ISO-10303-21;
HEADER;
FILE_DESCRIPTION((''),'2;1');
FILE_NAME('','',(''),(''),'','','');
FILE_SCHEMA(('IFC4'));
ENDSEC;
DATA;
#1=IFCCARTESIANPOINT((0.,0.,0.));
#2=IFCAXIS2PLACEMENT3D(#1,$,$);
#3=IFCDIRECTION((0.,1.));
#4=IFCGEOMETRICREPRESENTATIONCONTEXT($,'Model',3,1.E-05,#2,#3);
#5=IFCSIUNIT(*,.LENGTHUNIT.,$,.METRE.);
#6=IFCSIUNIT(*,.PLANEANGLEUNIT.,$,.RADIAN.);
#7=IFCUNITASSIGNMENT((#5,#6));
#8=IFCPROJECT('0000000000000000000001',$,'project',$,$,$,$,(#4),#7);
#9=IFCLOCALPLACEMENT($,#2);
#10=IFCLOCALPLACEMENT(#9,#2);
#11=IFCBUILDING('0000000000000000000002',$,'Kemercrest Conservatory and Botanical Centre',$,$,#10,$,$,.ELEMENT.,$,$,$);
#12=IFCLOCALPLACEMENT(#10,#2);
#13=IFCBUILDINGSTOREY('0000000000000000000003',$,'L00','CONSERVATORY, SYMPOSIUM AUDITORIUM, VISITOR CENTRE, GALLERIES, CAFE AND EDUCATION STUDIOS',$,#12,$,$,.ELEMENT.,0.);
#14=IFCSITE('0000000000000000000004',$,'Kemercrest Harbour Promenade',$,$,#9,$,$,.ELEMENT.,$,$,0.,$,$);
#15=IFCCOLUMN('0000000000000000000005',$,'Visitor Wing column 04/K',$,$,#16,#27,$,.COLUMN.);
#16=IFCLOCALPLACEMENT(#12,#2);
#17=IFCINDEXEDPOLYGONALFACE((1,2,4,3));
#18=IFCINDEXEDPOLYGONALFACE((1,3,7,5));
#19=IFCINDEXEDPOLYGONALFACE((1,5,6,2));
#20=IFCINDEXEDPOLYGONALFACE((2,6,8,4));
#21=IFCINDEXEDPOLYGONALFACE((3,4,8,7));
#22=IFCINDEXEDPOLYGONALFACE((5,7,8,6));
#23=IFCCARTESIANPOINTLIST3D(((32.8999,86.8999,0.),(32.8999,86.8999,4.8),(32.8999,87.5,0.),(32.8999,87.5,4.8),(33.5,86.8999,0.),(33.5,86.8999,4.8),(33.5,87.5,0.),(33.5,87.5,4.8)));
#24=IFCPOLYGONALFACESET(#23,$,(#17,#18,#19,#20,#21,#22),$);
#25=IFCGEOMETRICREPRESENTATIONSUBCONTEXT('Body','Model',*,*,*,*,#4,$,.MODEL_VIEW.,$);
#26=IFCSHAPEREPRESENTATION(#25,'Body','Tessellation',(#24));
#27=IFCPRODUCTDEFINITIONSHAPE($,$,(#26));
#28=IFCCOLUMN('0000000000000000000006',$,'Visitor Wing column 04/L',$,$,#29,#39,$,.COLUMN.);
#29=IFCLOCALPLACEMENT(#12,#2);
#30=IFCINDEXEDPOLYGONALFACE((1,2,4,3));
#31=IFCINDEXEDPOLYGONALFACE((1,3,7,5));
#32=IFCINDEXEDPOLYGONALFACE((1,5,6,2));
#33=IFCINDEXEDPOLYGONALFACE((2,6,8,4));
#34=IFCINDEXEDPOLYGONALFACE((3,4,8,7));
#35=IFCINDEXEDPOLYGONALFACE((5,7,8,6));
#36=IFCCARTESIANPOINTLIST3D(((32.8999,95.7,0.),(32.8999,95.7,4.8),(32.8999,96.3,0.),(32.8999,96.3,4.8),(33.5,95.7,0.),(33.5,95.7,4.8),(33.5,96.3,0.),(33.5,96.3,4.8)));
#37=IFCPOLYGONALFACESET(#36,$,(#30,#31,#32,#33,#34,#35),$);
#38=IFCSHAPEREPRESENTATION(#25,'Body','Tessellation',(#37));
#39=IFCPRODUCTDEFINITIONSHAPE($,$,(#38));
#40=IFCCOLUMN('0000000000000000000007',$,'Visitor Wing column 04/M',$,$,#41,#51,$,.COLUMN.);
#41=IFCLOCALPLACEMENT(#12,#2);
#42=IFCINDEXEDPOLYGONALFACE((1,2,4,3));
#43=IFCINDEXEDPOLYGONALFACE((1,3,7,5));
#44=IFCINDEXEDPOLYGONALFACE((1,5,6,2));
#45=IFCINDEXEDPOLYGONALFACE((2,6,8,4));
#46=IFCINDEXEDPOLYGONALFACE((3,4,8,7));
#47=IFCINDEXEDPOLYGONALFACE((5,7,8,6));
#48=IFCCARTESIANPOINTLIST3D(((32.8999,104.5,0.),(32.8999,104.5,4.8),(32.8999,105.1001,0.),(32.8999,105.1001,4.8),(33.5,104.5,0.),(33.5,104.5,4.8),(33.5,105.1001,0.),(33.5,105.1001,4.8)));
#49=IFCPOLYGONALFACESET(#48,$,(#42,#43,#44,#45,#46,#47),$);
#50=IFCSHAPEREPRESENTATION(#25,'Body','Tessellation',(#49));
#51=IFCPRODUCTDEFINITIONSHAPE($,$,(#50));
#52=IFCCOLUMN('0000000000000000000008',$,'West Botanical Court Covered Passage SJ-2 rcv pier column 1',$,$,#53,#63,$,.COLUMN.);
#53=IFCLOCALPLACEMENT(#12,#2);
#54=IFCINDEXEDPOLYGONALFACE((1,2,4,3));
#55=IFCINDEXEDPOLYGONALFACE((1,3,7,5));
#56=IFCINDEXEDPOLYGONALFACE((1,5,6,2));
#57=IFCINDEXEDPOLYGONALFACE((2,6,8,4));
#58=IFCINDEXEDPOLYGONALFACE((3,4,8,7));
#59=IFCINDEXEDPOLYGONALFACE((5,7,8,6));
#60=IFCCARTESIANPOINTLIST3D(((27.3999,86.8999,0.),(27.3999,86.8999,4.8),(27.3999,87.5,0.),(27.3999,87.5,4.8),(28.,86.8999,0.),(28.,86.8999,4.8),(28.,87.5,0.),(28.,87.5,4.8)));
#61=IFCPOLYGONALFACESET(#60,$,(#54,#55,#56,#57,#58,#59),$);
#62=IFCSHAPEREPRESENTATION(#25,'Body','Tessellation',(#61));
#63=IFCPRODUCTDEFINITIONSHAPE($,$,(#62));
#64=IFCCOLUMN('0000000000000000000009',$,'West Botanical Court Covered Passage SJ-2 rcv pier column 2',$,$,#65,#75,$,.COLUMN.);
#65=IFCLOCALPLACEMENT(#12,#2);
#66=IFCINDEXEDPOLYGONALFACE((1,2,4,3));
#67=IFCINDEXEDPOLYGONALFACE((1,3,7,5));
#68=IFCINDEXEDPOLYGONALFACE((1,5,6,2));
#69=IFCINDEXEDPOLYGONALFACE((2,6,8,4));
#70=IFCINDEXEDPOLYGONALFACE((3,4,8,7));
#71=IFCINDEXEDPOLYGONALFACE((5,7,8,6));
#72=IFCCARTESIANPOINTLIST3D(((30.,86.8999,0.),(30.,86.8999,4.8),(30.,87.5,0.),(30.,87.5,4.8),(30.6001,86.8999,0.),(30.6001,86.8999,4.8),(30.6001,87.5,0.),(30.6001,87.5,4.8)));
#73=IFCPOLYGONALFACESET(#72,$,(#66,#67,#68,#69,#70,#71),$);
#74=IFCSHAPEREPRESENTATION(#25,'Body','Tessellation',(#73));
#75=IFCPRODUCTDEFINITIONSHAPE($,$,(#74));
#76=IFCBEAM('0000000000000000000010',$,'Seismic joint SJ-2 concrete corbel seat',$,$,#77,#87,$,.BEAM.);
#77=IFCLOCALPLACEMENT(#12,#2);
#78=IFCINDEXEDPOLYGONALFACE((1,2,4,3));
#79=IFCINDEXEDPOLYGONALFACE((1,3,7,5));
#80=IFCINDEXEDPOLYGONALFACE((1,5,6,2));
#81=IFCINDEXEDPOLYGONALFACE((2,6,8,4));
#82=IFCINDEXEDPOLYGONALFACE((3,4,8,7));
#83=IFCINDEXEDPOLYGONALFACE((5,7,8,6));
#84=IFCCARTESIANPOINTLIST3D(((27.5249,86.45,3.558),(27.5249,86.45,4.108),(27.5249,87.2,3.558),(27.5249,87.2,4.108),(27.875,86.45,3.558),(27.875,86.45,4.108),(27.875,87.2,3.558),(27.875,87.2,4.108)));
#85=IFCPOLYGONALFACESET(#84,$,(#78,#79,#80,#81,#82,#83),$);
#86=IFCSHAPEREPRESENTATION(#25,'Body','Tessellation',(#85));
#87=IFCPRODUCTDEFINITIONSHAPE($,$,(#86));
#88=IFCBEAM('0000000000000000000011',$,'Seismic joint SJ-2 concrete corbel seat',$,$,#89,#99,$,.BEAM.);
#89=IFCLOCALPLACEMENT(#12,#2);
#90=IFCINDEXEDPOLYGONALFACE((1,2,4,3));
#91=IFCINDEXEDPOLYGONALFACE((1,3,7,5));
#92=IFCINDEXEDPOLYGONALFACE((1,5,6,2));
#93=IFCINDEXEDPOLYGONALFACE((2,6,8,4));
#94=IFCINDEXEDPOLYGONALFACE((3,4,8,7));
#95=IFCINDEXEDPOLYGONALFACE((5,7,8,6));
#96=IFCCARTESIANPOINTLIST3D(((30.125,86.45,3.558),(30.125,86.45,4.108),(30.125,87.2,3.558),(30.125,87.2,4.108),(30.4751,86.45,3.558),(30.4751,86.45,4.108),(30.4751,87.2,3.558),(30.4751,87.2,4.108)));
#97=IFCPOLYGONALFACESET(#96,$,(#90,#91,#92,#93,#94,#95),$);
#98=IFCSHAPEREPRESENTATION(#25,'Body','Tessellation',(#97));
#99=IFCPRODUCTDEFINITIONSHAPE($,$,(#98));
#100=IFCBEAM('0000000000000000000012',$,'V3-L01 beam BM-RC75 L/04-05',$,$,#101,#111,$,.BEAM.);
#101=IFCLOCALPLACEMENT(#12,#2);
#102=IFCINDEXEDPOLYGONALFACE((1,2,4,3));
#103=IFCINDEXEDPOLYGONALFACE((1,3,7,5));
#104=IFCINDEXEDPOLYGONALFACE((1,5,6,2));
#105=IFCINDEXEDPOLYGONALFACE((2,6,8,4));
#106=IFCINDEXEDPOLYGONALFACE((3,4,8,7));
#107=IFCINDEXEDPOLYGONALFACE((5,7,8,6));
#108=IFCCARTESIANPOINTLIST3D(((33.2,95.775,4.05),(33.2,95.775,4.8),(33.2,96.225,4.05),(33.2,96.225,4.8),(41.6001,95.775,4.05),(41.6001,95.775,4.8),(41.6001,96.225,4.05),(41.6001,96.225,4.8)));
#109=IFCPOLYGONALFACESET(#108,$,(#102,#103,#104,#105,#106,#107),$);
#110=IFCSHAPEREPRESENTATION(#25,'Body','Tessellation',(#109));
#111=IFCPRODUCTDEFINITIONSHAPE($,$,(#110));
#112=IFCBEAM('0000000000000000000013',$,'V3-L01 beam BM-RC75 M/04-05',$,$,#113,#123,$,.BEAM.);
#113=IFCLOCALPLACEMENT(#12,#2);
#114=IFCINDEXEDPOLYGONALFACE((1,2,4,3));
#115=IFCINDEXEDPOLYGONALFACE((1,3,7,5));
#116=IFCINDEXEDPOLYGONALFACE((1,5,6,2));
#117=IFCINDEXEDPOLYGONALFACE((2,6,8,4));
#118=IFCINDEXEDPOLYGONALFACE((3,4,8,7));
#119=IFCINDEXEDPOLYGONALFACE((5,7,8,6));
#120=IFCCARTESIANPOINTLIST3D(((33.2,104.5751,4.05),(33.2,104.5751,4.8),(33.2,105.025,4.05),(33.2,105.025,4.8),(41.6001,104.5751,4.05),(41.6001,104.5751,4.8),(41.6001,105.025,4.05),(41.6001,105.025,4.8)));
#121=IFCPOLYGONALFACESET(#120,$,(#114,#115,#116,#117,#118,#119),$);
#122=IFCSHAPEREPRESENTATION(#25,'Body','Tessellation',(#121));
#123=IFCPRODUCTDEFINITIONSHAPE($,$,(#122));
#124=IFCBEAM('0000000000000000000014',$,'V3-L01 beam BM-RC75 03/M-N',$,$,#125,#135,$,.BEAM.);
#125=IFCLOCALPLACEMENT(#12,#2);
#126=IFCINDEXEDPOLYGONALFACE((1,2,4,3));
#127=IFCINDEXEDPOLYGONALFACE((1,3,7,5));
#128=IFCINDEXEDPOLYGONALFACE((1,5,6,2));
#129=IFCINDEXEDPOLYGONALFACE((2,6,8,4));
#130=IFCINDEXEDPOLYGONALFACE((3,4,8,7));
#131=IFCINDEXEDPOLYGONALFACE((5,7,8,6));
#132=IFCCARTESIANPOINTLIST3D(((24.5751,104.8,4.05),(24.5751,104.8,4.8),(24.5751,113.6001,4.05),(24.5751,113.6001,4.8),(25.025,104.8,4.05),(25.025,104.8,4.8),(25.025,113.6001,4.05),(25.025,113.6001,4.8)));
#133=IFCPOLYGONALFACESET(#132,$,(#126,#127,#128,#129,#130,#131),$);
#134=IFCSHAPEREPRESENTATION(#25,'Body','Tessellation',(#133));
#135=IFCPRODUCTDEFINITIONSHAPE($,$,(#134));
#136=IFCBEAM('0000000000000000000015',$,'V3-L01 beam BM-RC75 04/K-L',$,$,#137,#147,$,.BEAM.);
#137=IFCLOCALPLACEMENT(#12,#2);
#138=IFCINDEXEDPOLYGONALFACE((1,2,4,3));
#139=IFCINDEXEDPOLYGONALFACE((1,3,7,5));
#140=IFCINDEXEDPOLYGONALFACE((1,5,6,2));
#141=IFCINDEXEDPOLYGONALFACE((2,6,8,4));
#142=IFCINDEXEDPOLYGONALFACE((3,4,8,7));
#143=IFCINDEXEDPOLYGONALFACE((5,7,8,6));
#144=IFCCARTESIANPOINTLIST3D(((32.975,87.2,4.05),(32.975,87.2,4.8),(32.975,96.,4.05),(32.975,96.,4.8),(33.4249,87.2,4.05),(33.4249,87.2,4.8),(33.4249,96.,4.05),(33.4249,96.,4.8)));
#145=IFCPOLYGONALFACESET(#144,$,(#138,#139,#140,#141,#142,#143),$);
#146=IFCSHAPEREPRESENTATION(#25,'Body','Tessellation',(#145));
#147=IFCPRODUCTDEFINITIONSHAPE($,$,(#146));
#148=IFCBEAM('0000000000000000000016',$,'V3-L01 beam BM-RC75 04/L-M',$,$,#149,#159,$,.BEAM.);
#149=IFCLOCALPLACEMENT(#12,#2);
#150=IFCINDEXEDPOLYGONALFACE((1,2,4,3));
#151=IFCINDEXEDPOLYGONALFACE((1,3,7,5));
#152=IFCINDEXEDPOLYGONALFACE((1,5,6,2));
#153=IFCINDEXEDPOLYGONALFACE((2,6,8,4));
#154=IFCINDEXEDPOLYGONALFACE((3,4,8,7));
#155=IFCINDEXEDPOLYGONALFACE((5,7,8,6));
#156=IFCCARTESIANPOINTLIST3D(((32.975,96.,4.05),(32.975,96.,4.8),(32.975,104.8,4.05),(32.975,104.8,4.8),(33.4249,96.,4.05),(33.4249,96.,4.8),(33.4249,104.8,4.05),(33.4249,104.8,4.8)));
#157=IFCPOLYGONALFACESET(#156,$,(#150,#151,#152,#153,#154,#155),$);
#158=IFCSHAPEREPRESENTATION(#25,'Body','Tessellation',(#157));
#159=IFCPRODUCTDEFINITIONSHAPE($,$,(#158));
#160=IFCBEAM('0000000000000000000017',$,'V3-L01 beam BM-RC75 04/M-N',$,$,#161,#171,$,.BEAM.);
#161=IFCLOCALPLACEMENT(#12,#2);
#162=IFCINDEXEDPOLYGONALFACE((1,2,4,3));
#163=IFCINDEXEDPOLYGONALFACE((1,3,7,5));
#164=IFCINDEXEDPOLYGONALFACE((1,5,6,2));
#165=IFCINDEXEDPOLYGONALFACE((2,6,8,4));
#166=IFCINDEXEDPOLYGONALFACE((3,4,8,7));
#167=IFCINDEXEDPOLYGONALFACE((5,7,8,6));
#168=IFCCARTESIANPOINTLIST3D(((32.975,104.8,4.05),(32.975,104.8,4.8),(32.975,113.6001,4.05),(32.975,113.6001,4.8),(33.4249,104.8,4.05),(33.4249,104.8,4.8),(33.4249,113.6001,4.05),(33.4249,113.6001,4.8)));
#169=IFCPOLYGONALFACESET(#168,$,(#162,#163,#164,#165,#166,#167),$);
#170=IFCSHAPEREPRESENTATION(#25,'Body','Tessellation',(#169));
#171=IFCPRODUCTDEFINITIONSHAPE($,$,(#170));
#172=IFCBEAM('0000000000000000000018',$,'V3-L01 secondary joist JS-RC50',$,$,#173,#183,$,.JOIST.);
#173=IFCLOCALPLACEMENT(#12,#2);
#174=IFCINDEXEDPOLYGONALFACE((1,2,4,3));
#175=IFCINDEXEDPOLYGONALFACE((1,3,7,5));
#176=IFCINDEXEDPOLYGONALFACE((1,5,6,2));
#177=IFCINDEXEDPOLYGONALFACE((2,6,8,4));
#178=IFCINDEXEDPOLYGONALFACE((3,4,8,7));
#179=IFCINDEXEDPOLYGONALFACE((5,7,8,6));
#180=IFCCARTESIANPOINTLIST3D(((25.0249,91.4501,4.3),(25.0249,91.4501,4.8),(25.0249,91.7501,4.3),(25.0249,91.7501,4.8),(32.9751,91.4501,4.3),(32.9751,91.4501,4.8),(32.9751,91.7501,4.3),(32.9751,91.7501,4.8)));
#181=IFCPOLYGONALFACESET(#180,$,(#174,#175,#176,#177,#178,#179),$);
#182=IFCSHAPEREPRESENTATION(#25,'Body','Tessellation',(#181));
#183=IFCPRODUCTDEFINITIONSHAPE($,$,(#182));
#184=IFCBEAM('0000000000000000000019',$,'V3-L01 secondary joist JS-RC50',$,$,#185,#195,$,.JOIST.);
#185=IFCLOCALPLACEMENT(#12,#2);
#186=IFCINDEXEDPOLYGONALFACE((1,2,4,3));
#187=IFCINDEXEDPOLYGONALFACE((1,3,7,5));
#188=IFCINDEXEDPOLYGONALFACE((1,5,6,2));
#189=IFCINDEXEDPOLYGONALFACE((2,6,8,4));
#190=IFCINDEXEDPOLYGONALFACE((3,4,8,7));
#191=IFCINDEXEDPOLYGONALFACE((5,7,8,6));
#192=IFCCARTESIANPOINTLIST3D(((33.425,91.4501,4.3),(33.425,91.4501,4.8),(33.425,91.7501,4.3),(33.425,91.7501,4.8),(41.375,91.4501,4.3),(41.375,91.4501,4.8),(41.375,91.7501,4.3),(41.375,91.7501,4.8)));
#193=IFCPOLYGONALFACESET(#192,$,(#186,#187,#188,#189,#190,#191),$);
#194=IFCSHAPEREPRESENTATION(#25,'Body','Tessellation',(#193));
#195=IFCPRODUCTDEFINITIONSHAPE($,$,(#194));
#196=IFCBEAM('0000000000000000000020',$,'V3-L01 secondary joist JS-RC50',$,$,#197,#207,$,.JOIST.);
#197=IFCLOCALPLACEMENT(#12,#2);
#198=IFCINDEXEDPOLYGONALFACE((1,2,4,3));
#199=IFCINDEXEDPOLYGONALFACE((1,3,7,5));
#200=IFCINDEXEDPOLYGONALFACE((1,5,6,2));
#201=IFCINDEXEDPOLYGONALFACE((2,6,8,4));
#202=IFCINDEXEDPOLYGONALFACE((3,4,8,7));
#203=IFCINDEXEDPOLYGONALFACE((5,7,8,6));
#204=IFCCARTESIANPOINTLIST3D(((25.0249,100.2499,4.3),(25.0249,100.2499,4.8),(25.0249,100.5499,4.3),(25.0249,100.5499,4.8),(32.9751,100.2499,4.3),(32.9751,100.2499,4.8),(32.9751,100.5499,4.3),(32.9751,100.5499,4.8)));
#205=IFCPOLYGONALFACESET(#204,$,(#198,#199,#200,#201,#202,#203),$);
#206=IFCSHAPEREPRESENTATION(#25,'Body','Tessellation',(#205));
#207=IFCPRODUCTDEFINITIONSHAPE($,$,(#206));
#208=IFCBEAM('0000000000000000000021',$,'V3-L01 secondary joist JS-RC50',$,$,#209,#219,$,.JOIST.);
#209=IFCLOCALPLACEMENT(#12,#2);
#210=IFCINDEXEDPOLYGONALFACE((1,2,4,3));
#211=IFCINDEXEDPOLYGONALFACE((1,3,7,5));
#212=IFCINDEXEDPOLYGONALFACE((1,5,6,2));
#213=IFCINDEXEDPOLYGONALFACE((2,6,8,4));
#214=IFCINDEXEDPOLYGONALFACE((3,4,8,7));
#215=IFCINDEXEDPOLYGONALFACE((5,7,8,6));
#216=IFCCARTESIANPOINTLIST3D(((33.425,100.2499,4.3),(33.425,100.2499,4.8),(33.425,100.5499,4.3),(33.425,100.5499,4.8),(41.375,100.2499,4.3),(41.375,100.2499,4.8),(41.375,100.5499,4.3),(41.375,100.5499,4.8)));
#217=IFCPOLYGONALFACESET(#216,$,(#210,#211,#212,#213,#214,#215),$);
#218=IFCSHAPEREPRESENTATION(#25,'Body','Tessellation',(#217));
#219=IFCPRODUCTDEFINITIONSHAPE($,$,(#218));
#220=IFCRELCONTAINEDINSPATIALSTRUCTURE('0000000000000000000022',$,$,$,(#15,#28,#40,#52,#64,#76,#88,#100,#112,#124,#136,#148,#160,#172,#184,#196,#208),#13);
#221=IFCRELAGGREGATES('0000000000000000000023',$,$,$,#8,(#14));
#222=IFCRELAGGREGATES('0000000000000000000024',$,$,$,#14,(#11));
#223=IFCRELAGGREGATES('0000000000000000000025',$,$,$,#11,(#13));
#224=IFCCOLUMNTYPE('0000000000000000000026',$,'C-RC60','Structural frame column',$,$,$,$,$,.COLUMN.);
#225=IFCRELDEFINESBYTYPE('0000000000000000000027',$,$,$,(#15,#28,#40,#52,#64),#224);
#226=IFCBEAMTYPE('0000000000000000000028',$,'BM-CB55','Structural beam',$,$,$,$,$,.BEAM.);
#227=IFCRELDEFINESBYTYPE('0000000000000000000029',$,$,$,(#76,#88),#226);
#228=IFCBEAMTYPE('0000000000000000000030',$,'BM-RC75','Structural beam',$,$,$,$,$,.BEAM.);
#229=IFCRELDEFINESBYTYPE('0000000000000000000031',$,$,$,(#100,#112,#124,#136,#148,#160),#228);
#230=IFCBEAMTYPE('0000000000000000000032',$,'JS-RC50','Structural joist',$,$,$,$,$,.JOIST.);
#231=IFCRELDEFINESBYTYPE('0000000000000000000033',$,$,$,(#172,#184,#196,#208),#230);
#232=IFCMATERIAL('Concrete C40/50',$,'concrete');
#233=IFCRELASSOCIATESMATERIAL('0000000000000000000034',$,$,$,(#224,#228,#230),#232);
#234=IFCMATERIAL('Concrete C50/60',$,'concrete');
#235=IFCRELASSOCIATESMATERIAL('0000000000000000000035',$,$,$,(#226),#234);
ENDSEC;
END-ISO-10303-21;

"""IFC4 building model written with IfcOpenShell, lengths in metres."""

from ifc_helpers import new_model, si_unit, direction, frame, origin, origin_2d, place, context, subcontext, project, spatial, rectangle, extrude, material, material_profile, profile_set, type_object, element, save


model = new_model("IFC4")

# Units and contexts
model_context = context("Model", 3, precision=1e-05, world=origin(), true_north=direction((0.0, 1.0)))
body_context = subcontext(model_context, "Body", "Model", "MODEL_VIEW")
ifc_project = project(units=[si_unit("LENGTHUNIT", "METRE"), si_unit("PLANEANGLEUNIT", "RADIAN")], contexts=[model_context])

# Site, building, storey
site_placement = place(None, origin())
site = spatial("IfcSite", under=ifc_project, at=site_placement, Name="Kemercrest Harbour Promenade", CompositionType="ELEMENT", RefElevation=0.0)
building_placement = place(site_placement, origin())
building = spatial("IfcBuilding", under=site, at=building_placement, Name="Kemercrest Conservatory and Botanical Centre", CompositionType="ELEMENT")
storey_placement = place(building_placement, origin())
storey = spatial("IfcBuildingStorey", under=building, at=storey_placement, Name="L00", Description="CONSERVATORY, SYMPOSIUM AUDITORIUM, VISITOR CENTRE, GALLERIES, CAFE AND EDUCATION STUDIOS", CompositionType="ELEMENT", Elevation=0.0)

# Columns
ifc_material_1 = material(Name="Concrete C40/50", Category="concrete")
ifc_material_profile_1 = material_profile(ifc_material_1, rectangle(XDim=0.6001, YDim=0.6001, at=origin_2d()), Name="RC 600x600")
ifc_profile_set_1 = profile_set([ifc_material_profile_1], Name="Concrete C40/50")
column_type = type_object("IfcColumnType", Name="C-RC60", Description="Structural frame column", PredefinedType="COLUMN", material=ifc_profile_set_1)
for number, where, z_axis, x_axis, name in (
    (1, (33.2, 87.2, 0.0), (0.0, 0.0, 1.0), (1.0, 0.0, 0.0), "Visitor Wing column 04/K"),
    (2, (33.2, 96.0, 0.0), (0.0, 0.0, 1.0), (1.0, 0.0, 0.0), "Visitor Wing column 04/L"),
    (3, (33.2, 104.8, 0.0), (0.0, 0.0, 1.0), (1.0, 0.0, 0.0), "Visitor Wing column 04/M"),
    (4, (27.7, 87.2, 0.0), (0.0, 0.0, 1.0), (1.0, 0.0, 0.0), "West Botanical Court Covered Passage SJ-2 rcv pier column 1"),
    (5, (30.3, 87.2, 0.0), (0.0, 0.0, 1.0), (1.0, 0.0, 0.0), "West Botanical Court Covered Passage SJ-2 rcv pier column 2"),
):
    element("IfcColumn", number, at=place(storey_placement, frame(where, z_axis=z_axis, x_axis=x_axis)), inside=storey, type_object=column_type, Name=name, PredefinedType="COLUMN", context=body_context, shape_type="SweptSolid", body=[
        extrude(rectangle(XDim=0.6001, YDim=0.6001, at=origin_2d()), origin(), (0.0, 0.0, 1.0), 4.8),
    ])

# Beams
ifc_material_2 = material(Name="Concrete C50/60", Category="concrete")
ifc_material_profile_2 = material_profile(ifc_material_2, rectangle(XDim=0.3501, YDim=0.55, at=origin_2d()), Name="RC 350x550")
ifc_profile_set_2 = profile_set([ifc_material_profile_2], Name="Concrete C50/60")
beam_type_1 = type_object("IfcBeamType", Name="BM-CB55", Description="Structural beam", PredefinedType="BEAM", material=ifc_profile_set_2)
for number, where, z_axis, x_axis, name in (
    (6, (27.7, 87.2, 3.833), (0.0, -1.0, 0.0), (1.0, 0.0, 0.0), "Seismic joint SJ-2 concrete corbel seat"),
    (7, (30.3, 87.2, 3.833), (0.0, -1.0, 0.0), (1.0, 0.0, 0.0), "Seismic joint SJ-2 concrete corbel seat"),
):
    element("IfcBeam", number, at=place(storey_placement, frame(where, z_axis=z_axis, x_axis=x_axis)), inside=storey, type_object=beam_type_1, Name=name, PredefinedType="BEAM", context=body_context, shape_type="SweptSolid", body=[
        extrude(rectangle(XDim=0.3501, YDim=0.55, at=origin_2d()), origin(), (0.0, 0.0, 1.0), 0.75),
    ])
ifc_material_profile_3 = material_profile(ifc_material_1, rectangle(XDim=0.45, YDim=0.75, at=origin_2d()), Name="RC 450x750")
ifc_profile_set_3 = profile_set([ifc_material_profile_3], Name="Concrete C40/50")
beam_type_2 = type_object("IfcBeamType", Name="BM-RC75", Description="Structural beam", PredefinedType="BEAM", material=ifc_profile_set_3)
for number, where, z_axis, x_axis, name in (
    (8, (33.2, 96.0, 4.425), (1.0, 0.0, 0.0), (0.0, 1.0, 0.0), "V3-L01 beam BM-RC75 L/04-05"),
    (9, (33.2, 104.8, 4.425), (1.0, 0.0, 0.0), (0.0, 1.0, 0.0), "V3-L01 beam BM-RC75 M/04-05"),
):
    element("IfcBeam", number, at=place(storey_placement, frame(where, z_axis=z_axis, x_axis=x_axis)), inside=storey, type_object=beam_type_2, Name=name, PredefinedType="BEAM", context=body_context, shape_type="SweptSolid", body=[
        extrude(rectangle(XDim=0.45, YDim=0.75, at=origin_2d()), origin(), (0.0, 0.0, 1.0), 8.4001),
    ])
for number, where, z_axis, x_axis, name in (
    (10, (24.8, 104.8, 4.425), (0.0, 1.0, 0.0), (-1.0, 0.0, 0.0), "V3-L01 beam BM-RC75 03/M-N"),
    (11, (33.2, 87.2, 4.425), (0.0, 1.0, 0.0), (-1.0, 0.0, 0.0), "V3-L01 beam BM-RC75 04/K-L"),
    (12, (33.2, 96.0, 4.425), (0.0, 1.0, 0.0), (-1.0, 0.0, 0.0), "V3-L01 beam BM-RC75 04/L-M"),
    (13, (33.2, 104.8, 4.425), (0.0, 1.0, 0.0), (-1.0, 0.0, 0.0), "V3-L01 beam BM-RC75 04/M-N"),
):
    element("IfcBeam", number, at=place(storey_placement, frame(where, z_axis=z_axis, x_axis=x_axis)), inside=storey, type_object=beam_type_2, Name=name, PredefinedType="BEAM", context=body_context, shape_type="SweptSolid", body=[
        extrude(rectangle(XDim=0.45, YDim=0.75, at=origin_2d()), origin(), (0.0, 0.0, 1.0), 8.8),
    ])
ifc_material_profile_4 = material_profile(ifc_material_1, rectangle(XDim=0.3, YDim=0.5, at=origin_2d()), Name="RC 300x500")
ifc_profile_set_4 = profile_set([ifc_material_profile_4], Name="Concrete C40/50")
beam_type_3 = type_object("IfcBeamType", Name="JS-RC50", Description="Structural joist", PredefinedType="JOIST", material=ifc_profile_set_4)
beam_1_placement = place(storey_placement, frame((25.0249, 91.6001, 4.55), z_axis=(1.0, 0.0, 0.0), x_axis=(0.0, 1.0, 0.0)))
element("IfcBeam", 14, at=beam_1_placement, inside=storey, type_object=beam_type_3, Name="V3-L01 secondary joist JS-RC50", PredefinedType="JOIST", context=body_context, shape_type="SweptSolid", body=[
    extrude(rectangle(XDim=0.3, YDim=0.5, at=origin_2d()), origin(), (0.0, 0.0, 1.0), 7.9502),
])
beam_2_placement = place(storey_placement, frame((33.425, 91.6001, 4.55), z_axis=(1.0, 0.0, 0.0), x_axis=(0.0, 1.0, 0.0)))
element("IfcBeam", 15, at=beam_2_placement, inside=storey, type_object=beam_type_3, Name="V3-L01 secondary joist JS-RC50", PredefinedType="JOIST", context=body_context, shape_type="SweptSolid", body=[
    extrude(rectangle(XDim=0.3, YDim=0.5, at=origin_2d()), origin(), (0.0, 0.0, 1.0), 7.95),
])
beam_3_placement = place(storey_placement, frame((25.0249, 100.3999, 4.55), z_axis=(1.0, 0.0, 0.0), x_axis=(0.0, 1.0, 0.0)))
element("IfcBeam", 16, at=beam_3_placement, inside=storey, type_object=beam_type_3, Name="V3-L01 secondary joist JS-RC50", PredefinedType="JOIST", context=body_context, shape_type="SweptSolid", body=[
    extrude(rectangle(XDim=0.3, YDim=0.5, at=origin_2d()), origin(), (0.0, 0.0, 1.0), 7.9502),
])
beam_4_placement = place(storey_placement, frame((33.425, 100.3999, 4.55), z_axis=(1.0, 0.0, 0.0), x_axis=(0.0, 1.0, 0.0)))
element("IfcBeam", 17, at=beam_4_placement, inside=storey, type_object=beam_type_3, Name="V3-L01 secondary joist JS-RC50", PredefinedType="JOIST", context=body_context, shape_type="SweptSolid", body=[
    extrude(rectangle(XDim=0.3, YDim=0.5, at=origin_2d()), origin(), (0.0, 0.0, 1.0), 7.95),
])

save(model, "model.ifc")
